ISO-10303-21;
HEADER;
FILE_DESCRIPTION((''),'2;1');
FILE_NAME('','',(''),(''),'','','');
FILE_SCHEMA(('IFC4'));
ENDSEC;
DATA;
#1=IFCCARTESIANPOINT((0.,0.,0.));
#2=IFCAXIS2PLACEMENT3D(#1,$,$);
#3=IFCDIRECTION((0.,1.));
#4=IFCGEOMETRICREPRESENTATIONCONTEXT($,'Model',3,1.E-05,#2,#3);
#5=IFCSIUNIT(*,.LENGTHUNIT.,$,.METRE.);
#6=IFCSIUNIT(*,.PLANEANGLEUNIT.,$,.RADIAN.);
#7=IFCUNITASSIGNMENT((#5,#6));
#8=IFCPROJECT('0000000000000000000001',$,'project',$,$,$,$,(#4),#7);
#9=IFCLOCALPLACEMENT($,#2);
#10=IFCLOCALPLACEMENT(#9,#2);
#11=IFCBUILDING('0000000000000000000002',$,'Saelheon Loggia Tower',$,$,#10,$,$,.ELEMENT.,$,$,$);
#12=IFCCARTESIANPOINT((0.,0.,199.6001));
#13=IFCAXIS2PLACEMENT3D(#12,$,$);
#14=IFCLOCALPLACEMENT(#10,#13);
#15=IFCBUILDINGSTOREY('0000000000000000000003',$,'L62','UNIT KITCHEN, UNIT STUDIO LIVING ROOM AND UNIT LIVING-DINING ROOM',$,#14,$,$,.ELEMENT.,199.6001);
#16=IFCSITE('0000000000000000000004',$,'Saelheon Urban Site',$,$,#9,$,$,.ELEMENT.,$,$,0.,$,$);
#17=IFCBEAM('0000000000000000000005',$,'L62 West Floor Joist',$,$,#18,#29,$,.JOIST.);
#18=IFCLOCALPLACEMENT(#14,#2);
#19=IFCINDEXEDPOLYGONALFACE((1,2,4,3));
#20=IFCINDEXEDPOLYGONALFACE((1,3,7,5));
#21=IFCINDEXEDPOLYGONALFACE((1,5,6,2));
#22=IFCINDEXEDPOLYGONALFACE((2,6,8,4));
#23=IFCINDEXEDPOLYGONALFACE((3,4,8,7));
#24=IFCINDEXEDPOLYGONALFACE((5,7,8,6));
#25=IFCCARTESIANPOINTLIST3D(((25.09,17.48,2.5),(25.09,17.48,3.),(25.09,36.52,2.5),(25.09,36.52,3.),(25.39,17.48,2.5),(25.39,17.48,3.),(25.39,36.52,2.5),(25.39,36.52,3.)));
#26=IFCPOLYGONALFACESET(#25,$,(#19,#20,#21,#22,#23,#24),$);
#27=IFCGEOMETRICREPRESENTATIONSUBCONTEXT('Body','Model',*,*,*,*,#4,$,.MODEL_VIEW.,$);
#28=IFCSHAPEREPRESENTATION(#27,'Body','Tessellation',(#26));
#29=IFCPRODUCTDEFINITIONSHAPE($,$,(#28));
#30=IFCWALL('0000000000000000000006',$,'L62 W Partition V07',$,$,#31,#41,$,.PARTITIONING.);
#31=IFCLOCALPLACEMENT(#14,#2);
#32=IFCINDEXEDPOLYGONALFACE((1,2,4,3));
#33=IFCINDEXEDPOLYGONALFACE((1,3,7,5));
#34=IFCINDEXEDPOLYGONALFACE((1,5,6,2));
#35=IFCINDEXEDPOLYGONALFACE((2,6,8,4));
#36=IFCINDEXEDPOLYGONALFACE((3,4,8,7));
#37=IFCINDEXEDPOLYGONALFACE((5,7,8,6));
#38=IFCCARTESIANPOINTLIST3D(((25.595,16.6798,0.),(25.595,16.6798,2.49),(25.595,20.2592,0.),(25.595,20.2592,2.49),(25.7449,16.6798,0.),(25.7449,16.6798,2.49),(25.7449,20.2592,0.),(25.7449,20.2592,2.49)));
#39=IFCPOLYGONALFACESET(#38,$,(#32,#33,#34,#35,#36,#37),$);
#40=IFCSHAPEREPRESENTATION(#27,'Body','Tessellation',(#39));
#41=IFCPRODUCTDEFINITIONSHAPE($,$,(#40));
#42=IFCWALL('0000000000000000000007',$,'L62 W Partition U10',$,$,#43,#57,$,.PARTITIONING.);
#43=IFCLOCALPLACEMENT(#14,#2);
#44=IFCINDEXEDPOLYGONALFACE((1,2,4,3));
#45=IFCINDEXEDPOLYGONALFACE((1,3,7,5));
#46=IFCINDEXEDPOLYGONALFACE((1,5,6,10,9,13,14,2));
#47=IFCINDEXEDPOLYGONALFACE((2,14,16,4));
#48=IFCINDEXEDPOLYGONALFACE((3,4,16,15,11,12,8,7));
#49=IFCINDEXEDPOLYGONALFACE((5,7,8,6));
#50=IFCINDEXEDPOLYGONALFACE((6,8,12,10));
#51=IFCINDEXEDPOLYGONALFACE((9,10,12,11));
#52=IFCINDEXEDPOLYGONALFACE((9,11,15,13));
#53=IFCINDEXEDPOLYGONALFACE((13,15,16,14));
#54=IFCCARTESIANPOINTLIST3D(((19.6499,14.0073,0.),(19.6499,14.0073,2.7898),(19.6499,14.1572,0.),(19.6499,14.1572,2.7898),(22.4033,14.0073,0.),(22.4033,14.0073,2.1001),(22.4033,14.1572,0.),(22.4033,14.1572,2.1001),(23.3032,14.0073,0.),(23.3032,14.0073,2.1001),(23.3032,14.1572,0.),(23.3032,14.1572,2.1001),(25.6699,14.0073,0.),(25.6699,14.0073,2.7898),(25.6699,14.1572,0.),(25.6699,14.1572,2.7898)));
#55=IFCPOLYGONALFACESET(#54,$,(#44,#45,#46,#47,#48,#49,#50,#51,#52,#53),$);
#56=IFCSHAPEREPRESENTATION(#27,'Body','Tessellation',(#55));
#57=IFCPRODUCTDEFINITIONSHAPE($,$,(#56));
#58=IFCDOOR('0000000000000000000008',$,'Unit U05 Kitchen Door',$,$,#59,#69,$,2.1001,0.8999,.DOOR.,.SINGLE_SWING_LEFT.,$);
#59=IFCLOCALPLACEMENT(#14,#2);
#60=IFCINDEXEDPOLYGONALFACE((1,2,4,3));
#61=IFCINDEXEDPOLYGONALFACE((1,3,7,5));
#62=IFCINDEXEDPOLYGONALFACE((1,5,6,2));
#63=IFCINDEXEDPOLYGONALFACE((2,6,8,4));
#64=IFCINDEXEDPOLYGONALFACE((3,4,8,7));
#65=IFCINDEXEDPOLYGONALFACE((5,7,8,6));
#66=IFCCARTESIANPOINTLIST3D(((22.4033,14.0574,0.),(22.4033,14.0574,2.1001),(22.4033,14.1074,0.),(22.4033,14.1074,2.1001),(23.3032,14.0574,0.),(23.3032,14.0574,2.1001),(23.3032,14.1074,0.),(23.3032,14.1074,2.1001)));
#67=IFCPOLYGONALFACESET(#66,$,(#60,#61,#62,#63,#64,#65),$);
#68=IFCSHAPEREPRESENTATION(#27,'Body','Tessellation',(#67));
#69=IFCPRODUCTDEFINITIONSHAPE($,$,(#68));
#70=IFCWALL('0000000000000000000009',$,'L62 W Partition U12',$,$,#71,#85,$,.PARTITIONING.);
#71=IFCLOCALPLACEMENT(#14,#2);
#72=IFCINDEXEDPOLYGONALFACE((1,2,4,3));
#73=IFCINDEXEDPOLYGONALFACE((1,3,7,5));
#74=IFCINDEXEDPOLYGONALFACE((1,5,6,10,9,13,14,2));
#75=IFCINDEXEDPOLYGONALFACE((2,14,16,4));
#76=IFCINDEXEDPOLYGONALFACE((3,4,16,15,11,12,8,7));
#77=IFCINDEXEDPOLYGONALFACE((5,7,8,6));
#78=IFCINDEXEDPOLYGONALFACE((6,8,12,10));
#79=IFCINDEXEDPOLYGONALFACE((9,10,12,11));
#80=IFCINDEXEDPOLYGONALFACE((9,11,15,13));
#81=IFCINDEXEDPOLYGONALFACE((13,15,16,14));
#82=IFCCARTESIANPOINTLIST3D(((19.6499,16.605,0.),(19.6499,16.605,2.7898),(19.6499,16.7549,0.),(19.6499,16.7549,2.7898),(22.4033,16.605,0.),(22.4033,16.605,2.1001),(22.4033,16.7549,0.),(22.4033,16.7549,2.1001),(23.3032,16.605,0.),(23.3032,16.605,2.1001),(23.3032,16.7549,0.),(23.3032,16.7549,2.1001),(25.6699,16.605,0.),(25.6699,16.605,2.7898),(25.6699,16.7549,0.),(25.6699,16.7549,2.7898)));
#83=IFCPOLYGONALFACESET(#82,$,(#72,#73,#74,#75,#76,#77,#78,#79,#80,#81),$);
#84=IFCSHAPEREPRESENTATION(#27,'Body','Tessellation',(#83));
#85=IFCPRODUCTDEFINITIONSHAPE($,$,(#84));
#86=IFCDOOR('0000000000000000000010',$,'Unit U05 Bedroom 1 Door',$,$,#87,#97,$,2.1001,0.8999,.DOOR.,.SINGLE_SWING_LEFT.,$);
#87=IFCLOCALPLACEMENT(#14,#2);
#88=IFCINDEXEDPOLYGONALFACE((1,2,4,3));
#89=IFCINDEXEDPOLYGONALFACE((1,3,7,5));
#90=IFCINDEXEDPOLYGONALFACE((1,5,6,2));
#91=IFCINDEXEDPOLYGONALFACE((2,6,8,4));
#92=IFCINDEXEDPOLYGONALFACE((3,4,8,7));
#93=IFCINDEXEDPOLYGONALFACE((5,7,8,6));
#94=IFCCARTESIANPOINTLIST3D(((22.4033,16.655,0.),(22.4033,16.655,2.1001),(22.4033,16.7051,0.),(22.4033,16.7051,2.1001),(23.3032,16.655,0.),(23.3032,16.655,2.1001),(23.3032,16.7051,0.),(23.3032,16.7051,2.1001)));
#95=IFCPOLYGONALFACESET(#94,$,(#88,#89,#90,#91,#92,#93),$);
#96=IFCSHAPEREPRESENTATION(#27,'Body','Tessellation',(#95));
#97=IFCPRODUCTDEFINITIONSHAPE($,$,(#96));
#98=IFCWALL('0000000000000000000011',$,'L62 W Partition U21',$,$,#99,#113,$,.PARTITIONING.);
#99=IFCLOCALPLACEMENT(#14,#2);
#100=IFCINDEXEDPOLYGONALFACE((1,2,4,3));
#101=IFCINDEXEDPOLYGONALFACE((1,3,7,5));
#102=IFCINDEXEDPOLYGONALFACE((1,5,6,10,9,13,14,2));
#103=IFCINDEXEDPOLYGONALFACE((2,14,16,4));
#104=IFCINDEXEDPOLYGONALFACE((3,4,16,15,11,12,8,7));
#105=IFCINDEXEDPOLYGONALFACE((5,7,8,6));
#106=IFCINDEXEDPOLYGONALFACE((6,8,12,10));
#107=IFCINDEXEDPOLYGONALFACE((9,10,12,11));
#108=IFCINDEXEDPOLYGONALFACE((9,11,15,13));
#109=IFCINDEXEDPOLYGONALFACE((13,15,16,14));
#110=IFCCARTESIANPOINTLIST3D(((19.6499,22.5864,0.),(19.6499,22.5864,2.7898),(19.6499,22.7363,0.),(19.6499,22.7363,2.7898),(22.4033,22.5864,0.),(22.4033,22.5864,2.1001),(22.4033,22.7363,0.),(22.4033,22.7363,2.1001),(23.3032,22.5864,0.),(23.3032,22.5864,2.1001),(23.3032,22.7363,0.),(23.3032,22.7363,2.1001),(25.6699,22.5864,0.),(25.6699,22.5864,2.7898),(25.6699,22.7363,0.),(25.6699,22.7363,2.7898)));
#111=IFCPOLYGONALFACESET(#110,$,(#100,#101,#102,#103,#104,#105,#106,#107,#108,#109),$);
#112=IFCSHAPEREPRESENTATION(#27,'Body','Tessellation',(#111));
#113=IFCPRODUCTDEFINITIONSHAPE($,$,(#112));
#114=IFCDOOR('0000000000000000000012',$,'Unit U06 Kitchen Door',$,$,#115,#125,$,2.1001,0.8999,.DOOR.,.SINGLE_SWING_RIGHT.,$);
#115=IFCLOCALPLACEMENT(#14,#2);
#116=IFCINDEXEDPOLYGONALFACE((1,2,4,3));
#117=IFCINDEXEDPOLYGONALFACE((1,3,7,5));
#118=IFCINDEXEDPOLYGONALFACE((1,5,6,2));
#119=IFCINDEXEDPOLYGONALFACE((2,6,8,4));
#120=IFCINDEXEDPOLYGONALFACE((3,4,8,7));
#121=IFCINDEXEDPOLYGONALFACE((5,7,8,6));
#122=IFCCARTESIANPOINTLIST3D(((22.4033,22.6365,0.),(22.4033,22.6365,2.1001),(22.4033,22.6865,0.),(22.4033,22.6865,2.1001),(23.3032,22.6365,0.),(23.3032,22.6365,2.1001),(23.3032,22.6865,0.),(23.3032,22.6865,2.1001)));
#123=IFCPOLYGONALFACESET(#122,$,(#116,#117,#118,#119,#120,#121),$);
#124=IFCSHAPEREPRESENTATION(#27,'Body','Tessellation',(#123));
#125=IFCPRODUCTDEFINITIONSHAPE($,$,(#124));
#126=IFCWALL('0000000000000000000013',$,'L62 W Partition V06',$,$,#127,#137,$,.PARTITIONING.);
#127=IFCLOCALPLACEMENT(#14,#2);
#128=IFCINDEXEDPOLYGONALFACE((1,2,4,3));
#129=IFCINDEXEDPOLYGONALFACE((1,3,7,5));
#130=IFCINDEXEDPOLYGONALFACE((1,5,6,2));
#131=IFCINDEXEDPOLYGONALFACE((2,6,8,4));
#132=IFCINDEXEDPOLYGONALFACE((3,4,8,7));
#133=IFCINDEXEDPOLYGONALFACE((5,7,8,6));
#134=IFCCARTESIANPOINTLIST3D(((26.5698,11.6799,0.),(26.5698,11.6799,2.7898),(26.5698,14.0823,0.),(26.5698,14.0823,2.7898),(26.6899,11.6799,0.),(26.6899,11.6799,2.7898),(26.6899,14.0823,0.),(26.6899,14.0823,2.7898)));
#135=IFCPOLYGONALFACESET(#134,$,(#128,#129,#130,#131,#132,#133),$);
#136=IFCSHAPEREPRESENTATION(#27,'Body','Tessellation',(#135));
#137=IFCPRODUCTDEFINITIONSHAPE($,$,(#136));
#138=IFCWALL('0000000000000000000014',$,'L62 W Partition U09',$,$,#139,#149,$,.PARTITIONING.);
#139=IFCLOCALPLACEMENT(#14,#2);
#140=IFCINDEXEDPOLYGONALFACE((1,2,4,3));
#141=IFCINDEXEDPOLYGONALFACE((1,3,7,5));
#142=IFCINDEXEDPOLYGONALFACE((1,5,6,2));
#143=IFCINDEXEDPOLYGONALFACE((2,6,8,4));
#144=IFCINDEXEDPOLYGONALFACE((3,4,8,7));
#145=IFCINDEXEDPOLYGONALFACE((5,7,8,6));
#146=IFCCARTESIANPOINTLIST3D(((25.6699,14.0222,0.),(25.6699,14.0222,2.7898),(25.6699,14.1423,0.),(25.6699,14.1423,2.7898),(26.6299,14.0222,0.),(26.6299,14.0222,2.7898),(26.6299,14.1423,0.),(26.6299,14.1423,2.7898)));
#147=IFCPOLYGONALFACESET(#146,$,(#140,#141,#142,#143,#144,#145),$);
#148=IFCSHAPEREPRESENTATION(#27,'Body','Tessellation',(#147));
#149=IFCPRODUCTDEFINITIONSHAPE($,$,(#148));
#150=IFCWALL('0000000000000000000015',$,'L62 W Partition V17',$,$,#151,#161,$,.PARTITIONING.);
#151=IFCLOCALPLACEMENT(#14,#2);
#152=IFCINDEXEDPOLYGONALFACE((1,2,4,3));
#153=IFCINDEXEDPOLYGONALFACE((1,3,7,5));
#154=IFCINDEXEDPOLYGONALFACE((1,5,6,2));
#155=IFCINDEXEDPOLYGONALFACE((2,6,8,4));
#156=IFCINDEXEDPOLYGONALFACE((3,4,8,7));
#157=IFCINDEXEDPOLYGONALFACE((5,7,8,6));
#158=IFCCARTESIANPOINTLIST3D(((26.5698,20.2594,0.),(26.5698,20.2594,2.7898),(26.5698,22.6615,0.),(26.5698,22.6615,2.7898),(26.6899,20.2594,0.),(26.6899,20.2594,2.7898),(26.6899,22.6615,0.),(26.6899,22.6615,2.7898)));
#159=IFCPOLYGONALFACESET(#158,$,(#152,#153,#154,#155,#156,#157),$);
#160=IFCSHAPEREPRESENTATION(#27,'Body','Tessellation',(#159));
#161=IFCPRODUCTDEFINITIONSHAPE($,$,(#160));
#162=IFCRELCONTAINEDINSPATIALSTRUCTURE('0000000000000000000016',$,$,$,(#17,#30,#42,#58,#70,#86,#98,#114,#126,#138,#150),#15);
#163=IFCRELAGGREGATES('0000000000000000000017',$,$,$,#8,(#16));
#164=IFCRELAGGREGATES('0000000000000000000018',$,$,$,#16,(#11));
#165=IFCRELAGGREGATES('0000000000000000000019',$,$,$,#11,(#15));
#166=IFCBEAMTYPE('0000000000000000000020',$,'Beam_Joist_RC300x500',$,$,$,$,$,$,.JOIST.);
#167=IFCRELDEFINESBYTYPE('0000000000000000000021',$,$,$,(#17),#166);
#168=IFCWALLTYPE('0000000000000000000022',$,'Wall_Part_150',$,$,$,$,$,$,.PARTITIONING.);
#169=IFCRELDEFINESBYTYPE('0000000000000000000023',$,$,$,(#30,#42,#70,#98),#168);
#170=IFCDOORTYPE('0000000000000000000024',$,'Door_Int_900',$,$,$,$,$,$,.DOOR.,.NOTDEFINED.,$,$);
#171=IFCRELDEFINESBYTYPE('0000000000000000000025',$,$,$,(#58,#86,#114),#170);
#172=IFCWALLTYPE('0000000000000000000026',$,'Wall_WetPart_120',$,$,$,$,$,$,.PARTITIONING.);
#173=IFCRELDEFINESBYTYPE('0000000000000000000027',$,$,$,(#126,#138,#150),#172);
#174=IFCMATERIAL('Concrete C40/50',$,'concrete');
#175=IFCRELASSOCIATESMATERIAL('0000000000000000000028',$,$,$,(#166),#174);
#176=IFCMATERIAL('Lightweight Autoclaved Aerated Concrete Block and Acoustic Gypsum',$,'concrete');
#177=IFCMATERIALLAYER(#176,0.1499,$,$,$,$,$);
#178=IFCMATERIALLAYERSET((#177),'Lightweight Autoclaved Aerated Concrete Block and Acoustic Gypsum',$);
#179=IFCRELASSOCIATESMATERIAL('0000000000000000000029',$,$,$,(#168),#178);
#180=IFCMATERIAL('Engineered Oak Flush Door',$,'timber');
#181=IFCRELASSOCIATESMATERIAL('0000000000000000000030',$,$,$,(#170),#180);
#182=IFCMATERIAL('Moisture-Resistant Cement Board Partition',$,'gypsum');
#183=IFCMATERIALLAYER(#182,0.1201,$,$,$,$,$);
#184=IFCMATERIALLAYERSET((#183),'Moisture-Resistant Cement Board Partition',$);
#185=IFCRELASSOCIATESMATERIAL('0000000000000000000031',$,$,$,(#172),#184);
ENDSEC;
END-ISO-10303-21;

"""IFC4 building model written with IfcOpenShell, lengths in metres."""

from ifc_helpers import new_model, si_unit, direction, frame, frame_2d, origin, origin_2d, place, context, subcontext, project, spatial, rectangle, extrude, source, transform, mapped, material, layer, layer_set, material_profile, profile_set, type_object, element, fill, save


model = new_model("IFC4")

# Units and contexts
model_context = context("Model", 3, precision=1e-05, world=origin(), true_north=direction((0.0, 1.0)))
body_context = subcontext(model_context, "Body", "Model", "MODEL_VIEW")
ifc_project = project(units=[si_unit("LENGTHUNIT", "METRE"), si_unit("PLANEANGLEUNIT", "RADIAN")], contexts=[model_context])

# Site, building, storey
site_placement = place(None, origin())
site = spatial("IfcSite", under=ifc_project, at=site_placement, Name="Saelheon Urban Site", CompositionType="ELEMENT", RefElevation=0.0)
building_placement = place(site_placement, origin())
building = spatial("IfcBuilding", under=site, at=building_placement, Name="Saelheon Loggia Tower", CompositionType="ELEMENT")
storey_placement = place(building_placement, frame((0.0, 0.0, 199.6001)))
storey = spatial("IfcBuildingStorey", under=building, at=storey_placement, Name="L62", Description="UNIT KITCHEN, UNIT STUDIO LIVING ROOM AND UNIT LIVING-DINING ROOM", CompositionType="ELEMENT", Elevation=199.6001)

# Beam
ifc_material_1 = material(Name="Concrete C40/50", Category="concrete")
ifc_material_profile = material_profile(ifc_material_1, rectangle(XDim=0.3, YDim=0.5, at=origin_2d()), Name="RC-300x500")
ifc_profile_set = profile_set([ifc_material_profile], Name="Concrete C40/50")
beam_type = type_object("IfcBeamType", Name="Beam_Joist_RC300x500", PredefinedType="JOIST", material=ifc_profile_set)
shared_shape_1 = source(origin(), body_context, "Body", "SweptSolid", [
    extrude(rectangle(XDim=0.3, YDim=0.5, at=origin_2d()), origin(), (0.0, 0.0, 1.0), 19.04),
])
beam_placement = place(storey_placement, frame((25.24, 17.48, 2.75), z_axis=(0.0, 1.0, 0.0), x_axis=(-1.0, 0.0, 0.0)))
element("IfcBeam", 1, at=beam_placement, inside=storey, type_object=beam_type, Name="L62 West Floor Joist", PredefinedType="JOIST", context=body_context, shape_type="MappedRepresentation", body=[
    mapped(shared_shape_1, transform((0.0, 0.0, 0.0), scale=1.0)),
])

# Wall
ifc_material_2 = material(Name="Lightweight Autoclaved Aerated Concrete Block and Acoustic Gypsum", Category="concrete")
ifc_layer_1 = layer(ifc_material_2, 0.1499)
ifc_layer_set_1 = layer_set([ifc_layer_1], Name="Lightweight Autoclaved Aerated Concrete Block and Acoustic Gypsum")
wall_type_1 = type_object("IfcWallType", Name="Wall_Part_150", PredefinedType="PARTITIONING", material=ifc_layer_set_1)
wall_1_placement = place(storey_placement, frame((25.6699, 16.6799, 0.0), z_axis=(0.0, 0.0, 1.0), x_axis=(0.0, 1.0, 0.0)))
element("IfcWall", 2, at=wall_1_placement, inside=storey, type_object=wall_type_1, Name="L62 W Partition V07", PredefinedType="PARTITIONING", context=body_context, shape_type="SweptSolid", body=[
    extrude(rectangle(XDim=3.5793, YDim=0.1499, at=frame_2d((1.7896, 0.0))), origin(), (0.0, 0.0, 1.0), 2.49),
])

# Walls, openings, doors
wall_2_placement = place(storey_placement, frame((25.6699, 14.0823, 0.0), z_axis=(0.0, 0.0, 1.0), x_axis=(-1.0, 0.0, 0.0)))
wall_2 = element("IfcWall", 3, at=wall_2_placement, inside=storey, type_object=wall_type_1, Name="L62 W Partition U10", PredefinedType="PARTITIONING", context=body_context, shape_type="SweptSolid", body=[
    extrude(rectangle(XDim=6.02, YDim=0.1499, at=frame_2d((3.01, 0.0))), origin(), (0.0, 0.0, 1.0), 2.7898),
])
opening_1_placement = place(wall_2_placement, frame((2.3667, 0.0, 0.0)))
opening_1 = element("IfcOpeningElement", 4, at=opening_1_placement, cuts=wall_2, PredefinedType="OPENING", context=body_context, shape_type="SweptSolid", body=[
    extrude(rectangle(XDim=0.8999, YDim=2.1001, at=frame_2d((0.45, 1.05))), frame((0.0, 0.0869, 0.0), z_axis=(0.0, -1.0, 0.0), x_axis=(1.0, 0.0, 0.0)), (0.0, 0.0, 1.0), 0.1738),
])
ifc_material_3 = material(Name="Engineered Oak Flush Door", Category="timber")
door_type = type_object("IfcDoorType", Name="Door_Int_900", OperationType="NOTDEFINED", PredefinedType="DOOR", material=ifc_material_3)
shared_shape_2 = source(origin(), body_context, "Body", "SweptSolid", [
    extrude(rectangle(XDim=0.8999, YDim=2.1001, at=frame_2d((0.45, 1.05))), frame((0.0, 0.0249, 0.0), z_axis=(0.0, -1.0, 0.0), x_axis=(1.0, 0.0, 0.0)), (0.0, 0.0, 1.0), 0.05),
])
door_1_placement = place(opening_1_placement, origin())
door_1 = element("IfcDoor", 5, at=door_1_placement, inside=storey, type_object=door_type, Name="Unit U05 Kitchen Door", OperationType="SINGLE_SWING_LEFT", OverallHeight=2.1001, OverallWidth=0.8999, PredefinedType="DOOR", context=body_context, shape_type="MappedRepresentation", body=[
    mapped(shared_shape_2, transform((0.0, 0.0, 0.0), scale=1.0)),
])
fill(opening_1, door_1)
wall_3_placement = place(storey_placement, frame((25.6699, 16.6799, 0.0), z_axis=(0.0, 0.0, 1.0), x_axis=(-1.0, 0.0, 0.0)))
wall_3 = element("IfcWall", 6, at=wall_3_placement, inside=storey, type_object=wall_type_1, Name="L62 W Partition U12", PredefinedType="PARTITIONING", context=body_context, shape_type="SweptSolid", body=[
    extrude(rectangle(XDim=6.02, YDim=0.1499, at=frame_2d((3.01, 0.0))), origin(), (0.0, 0.0, 1.0), 2.7898),
])
opening_2_placement = place(wall_3_placement, frame((2.3667, 0.0, 0.0)))
opening_2 = element("IfcOpeningElement", 7, at=opening_2_placement, cuts=wall_3, PredefinedType="OPENING", context=body_context, shape_type="SweptSolid", body=[
    extrude(rectangle(XDim=0.8999, YDim=2.1001, at=frame_2d((0.45, 1.05))), frame((0.0, 0.0869, 0.0), z_axis=(0.0, -1.0, 0.0), x_axis=(1.0, 0.0, 0.0)), (0.0, 0.0, 1.0), 0.1738),
])
door_2_placement = place(opening_2_placement, origin())
door_2 = element("IfcDoor", 8, at=door_2_placement, inside=storey, type_object=door_type, Name="Unit U05 Bedroom 1 Door", OperationType="SINGLE_SWING_LEFT", OverallHeight=2.1001, OverallWidth=0.8999, PredefinedType="DOOR", context=body_context, shape_type="MappedRepresentation", body=[
    mapped(shared_shape_2, transform((0.0, 0.0, 0.0), scale=1.0)),
])
fill(opening_2, door_2)
wall_4_placement = place(storey_placement, frame((25.6699, 22.6614, 0.0), z_axis=(0.0, 0.0, 1.0), x_axis=(-1.0, 0.0, 0.0)))
wall_4 = element("IfcWall", 9, at=wall_4_placement, inside=storey, type_object=wall_type_1, Name="L62 W Partition U21", PredefinedType="PARTITIONING", context=body_context, shape_type="SweptSolid", body=[
    extrude(rectangle(XDim=6.02, YDim=0.1499, at=frame_2d((3.01, 0.0))), origin(), (0.0, 0.0, 1.0), 2.7898),
])
opening_3_placement = place(wall_4_placement, frame((2.3667, 0.0, 0.0)))
opening_3 = element("IfcOpeningElement", 10, at=opening_3_placement, cuts=wall_4, PredefinedType="OPENING", context=body_context, shape_type="SweptSolid", body=[
    extrude(rectangle(XDim=0.8999, YDim=2.1001, at=frame_2d((0.45, 1.05))), frame((0.0, 0.0869, 0.0), z_axis=(0.0, -1.0, 0.0), x_axis=(1.0, 0.0, 0.0)), (0.0, 0.0, 1.0), 0.1738),
])
door_3_placement = place(opening_3_placement, origin())
door_3 = element("IfcDoor", 11, at=door_3_placement, inside=storey, type_object=door_type, Name="Unit U06 Kitchen Door", OperationType="SINGLE_SWING_RIGHT", OverallHeight=2.1001, OverallWidth=0.8999, PredefinedType="DOOR", context=body_context, shape_type="MappedRepresentation", body=[
    mapped(shared_shape_2, transform((0.0, 0.0, 0.0), scale=1.0)),
])
fill(opening_3, door_3)

# Walls
ifc_material_4 = material(Name="Moisture-Resistant Cement Board Partition", Category="gypsum")
ifc_layer_2 = layer(ifc_material_4, 0.1201)
ifc_layer_set_2 = layer_set([ifc_layer_2], Name="Moisture-Resistant Cement Board Partition")
wall_type_2 = type_object("IfcWallType", Name="Wall_WetPart_120", PredefinedType="PARTITIONING", material=ifc_layer_set_2)
wall_5_placement = place(storey_placement, frame((26.6299, 11.6799, 0.0), z_axis=(0.0, 0.0, 1.0), x_axis=(0.0, 1.0, 0.0)))
element("IfcWall", 12, at=wall_5_placement, inside=storey, type_object=wall_type_2, Name="L62 W Partition V06", PredefinedType="PARTITIONING", context=body_context, shape_type="SweptSolid", body=[
    extrude(rectangle(XDim=2.4023, YDim=0.1201, at=frame_2d((1.2012, 0.0))), origin(), (0.0, 0.0, 1.0), 2.7898),
])
wall_6_placement = place(storey_placement, frame((26.6299, 14.0823, 0.0), z_axis=(0.0, 0.0, 1.0), x_axis=(-1.0, 0.0, 0.0)))
element("IfcWall", 13, at=wall_6_placement, inside=storey, type_object=wall_type_2, Name="L62 W Partition U09", PredefinedType="PARTITIONING", context=body_context, shape_type="SweptSolid", body=[
    extrude(rectangle(XDim=0.96, YDim=0.1201, at=frame_2d((0.48, 0.0))), origin(), (0.0, 0.0, 1.0), 2.7898),
])
wall_7_placement = place(storey_placement, frame((26.6299, 20.2593, 0.0), z_axis=(0.0, 0.0, 1.0), x_axis=(0.0, 1.0, 0.0)))
element("IfcWall", 14, at=wall_7_placement, inside=storey, type_object=wall_type_2, Name="L62 W Partition V17", PredefinedType="PARTITIONING", context=body_context, shape_type="SweptSolid", body=[
    extrude(rectangle(XDim=2.4021, YDim=0.1201, at=frame_2d((1.2012, 0.0))), origin(), (0.0, 0.0, 1.0), 2.7898),
])

save(model, "model.ifc")
